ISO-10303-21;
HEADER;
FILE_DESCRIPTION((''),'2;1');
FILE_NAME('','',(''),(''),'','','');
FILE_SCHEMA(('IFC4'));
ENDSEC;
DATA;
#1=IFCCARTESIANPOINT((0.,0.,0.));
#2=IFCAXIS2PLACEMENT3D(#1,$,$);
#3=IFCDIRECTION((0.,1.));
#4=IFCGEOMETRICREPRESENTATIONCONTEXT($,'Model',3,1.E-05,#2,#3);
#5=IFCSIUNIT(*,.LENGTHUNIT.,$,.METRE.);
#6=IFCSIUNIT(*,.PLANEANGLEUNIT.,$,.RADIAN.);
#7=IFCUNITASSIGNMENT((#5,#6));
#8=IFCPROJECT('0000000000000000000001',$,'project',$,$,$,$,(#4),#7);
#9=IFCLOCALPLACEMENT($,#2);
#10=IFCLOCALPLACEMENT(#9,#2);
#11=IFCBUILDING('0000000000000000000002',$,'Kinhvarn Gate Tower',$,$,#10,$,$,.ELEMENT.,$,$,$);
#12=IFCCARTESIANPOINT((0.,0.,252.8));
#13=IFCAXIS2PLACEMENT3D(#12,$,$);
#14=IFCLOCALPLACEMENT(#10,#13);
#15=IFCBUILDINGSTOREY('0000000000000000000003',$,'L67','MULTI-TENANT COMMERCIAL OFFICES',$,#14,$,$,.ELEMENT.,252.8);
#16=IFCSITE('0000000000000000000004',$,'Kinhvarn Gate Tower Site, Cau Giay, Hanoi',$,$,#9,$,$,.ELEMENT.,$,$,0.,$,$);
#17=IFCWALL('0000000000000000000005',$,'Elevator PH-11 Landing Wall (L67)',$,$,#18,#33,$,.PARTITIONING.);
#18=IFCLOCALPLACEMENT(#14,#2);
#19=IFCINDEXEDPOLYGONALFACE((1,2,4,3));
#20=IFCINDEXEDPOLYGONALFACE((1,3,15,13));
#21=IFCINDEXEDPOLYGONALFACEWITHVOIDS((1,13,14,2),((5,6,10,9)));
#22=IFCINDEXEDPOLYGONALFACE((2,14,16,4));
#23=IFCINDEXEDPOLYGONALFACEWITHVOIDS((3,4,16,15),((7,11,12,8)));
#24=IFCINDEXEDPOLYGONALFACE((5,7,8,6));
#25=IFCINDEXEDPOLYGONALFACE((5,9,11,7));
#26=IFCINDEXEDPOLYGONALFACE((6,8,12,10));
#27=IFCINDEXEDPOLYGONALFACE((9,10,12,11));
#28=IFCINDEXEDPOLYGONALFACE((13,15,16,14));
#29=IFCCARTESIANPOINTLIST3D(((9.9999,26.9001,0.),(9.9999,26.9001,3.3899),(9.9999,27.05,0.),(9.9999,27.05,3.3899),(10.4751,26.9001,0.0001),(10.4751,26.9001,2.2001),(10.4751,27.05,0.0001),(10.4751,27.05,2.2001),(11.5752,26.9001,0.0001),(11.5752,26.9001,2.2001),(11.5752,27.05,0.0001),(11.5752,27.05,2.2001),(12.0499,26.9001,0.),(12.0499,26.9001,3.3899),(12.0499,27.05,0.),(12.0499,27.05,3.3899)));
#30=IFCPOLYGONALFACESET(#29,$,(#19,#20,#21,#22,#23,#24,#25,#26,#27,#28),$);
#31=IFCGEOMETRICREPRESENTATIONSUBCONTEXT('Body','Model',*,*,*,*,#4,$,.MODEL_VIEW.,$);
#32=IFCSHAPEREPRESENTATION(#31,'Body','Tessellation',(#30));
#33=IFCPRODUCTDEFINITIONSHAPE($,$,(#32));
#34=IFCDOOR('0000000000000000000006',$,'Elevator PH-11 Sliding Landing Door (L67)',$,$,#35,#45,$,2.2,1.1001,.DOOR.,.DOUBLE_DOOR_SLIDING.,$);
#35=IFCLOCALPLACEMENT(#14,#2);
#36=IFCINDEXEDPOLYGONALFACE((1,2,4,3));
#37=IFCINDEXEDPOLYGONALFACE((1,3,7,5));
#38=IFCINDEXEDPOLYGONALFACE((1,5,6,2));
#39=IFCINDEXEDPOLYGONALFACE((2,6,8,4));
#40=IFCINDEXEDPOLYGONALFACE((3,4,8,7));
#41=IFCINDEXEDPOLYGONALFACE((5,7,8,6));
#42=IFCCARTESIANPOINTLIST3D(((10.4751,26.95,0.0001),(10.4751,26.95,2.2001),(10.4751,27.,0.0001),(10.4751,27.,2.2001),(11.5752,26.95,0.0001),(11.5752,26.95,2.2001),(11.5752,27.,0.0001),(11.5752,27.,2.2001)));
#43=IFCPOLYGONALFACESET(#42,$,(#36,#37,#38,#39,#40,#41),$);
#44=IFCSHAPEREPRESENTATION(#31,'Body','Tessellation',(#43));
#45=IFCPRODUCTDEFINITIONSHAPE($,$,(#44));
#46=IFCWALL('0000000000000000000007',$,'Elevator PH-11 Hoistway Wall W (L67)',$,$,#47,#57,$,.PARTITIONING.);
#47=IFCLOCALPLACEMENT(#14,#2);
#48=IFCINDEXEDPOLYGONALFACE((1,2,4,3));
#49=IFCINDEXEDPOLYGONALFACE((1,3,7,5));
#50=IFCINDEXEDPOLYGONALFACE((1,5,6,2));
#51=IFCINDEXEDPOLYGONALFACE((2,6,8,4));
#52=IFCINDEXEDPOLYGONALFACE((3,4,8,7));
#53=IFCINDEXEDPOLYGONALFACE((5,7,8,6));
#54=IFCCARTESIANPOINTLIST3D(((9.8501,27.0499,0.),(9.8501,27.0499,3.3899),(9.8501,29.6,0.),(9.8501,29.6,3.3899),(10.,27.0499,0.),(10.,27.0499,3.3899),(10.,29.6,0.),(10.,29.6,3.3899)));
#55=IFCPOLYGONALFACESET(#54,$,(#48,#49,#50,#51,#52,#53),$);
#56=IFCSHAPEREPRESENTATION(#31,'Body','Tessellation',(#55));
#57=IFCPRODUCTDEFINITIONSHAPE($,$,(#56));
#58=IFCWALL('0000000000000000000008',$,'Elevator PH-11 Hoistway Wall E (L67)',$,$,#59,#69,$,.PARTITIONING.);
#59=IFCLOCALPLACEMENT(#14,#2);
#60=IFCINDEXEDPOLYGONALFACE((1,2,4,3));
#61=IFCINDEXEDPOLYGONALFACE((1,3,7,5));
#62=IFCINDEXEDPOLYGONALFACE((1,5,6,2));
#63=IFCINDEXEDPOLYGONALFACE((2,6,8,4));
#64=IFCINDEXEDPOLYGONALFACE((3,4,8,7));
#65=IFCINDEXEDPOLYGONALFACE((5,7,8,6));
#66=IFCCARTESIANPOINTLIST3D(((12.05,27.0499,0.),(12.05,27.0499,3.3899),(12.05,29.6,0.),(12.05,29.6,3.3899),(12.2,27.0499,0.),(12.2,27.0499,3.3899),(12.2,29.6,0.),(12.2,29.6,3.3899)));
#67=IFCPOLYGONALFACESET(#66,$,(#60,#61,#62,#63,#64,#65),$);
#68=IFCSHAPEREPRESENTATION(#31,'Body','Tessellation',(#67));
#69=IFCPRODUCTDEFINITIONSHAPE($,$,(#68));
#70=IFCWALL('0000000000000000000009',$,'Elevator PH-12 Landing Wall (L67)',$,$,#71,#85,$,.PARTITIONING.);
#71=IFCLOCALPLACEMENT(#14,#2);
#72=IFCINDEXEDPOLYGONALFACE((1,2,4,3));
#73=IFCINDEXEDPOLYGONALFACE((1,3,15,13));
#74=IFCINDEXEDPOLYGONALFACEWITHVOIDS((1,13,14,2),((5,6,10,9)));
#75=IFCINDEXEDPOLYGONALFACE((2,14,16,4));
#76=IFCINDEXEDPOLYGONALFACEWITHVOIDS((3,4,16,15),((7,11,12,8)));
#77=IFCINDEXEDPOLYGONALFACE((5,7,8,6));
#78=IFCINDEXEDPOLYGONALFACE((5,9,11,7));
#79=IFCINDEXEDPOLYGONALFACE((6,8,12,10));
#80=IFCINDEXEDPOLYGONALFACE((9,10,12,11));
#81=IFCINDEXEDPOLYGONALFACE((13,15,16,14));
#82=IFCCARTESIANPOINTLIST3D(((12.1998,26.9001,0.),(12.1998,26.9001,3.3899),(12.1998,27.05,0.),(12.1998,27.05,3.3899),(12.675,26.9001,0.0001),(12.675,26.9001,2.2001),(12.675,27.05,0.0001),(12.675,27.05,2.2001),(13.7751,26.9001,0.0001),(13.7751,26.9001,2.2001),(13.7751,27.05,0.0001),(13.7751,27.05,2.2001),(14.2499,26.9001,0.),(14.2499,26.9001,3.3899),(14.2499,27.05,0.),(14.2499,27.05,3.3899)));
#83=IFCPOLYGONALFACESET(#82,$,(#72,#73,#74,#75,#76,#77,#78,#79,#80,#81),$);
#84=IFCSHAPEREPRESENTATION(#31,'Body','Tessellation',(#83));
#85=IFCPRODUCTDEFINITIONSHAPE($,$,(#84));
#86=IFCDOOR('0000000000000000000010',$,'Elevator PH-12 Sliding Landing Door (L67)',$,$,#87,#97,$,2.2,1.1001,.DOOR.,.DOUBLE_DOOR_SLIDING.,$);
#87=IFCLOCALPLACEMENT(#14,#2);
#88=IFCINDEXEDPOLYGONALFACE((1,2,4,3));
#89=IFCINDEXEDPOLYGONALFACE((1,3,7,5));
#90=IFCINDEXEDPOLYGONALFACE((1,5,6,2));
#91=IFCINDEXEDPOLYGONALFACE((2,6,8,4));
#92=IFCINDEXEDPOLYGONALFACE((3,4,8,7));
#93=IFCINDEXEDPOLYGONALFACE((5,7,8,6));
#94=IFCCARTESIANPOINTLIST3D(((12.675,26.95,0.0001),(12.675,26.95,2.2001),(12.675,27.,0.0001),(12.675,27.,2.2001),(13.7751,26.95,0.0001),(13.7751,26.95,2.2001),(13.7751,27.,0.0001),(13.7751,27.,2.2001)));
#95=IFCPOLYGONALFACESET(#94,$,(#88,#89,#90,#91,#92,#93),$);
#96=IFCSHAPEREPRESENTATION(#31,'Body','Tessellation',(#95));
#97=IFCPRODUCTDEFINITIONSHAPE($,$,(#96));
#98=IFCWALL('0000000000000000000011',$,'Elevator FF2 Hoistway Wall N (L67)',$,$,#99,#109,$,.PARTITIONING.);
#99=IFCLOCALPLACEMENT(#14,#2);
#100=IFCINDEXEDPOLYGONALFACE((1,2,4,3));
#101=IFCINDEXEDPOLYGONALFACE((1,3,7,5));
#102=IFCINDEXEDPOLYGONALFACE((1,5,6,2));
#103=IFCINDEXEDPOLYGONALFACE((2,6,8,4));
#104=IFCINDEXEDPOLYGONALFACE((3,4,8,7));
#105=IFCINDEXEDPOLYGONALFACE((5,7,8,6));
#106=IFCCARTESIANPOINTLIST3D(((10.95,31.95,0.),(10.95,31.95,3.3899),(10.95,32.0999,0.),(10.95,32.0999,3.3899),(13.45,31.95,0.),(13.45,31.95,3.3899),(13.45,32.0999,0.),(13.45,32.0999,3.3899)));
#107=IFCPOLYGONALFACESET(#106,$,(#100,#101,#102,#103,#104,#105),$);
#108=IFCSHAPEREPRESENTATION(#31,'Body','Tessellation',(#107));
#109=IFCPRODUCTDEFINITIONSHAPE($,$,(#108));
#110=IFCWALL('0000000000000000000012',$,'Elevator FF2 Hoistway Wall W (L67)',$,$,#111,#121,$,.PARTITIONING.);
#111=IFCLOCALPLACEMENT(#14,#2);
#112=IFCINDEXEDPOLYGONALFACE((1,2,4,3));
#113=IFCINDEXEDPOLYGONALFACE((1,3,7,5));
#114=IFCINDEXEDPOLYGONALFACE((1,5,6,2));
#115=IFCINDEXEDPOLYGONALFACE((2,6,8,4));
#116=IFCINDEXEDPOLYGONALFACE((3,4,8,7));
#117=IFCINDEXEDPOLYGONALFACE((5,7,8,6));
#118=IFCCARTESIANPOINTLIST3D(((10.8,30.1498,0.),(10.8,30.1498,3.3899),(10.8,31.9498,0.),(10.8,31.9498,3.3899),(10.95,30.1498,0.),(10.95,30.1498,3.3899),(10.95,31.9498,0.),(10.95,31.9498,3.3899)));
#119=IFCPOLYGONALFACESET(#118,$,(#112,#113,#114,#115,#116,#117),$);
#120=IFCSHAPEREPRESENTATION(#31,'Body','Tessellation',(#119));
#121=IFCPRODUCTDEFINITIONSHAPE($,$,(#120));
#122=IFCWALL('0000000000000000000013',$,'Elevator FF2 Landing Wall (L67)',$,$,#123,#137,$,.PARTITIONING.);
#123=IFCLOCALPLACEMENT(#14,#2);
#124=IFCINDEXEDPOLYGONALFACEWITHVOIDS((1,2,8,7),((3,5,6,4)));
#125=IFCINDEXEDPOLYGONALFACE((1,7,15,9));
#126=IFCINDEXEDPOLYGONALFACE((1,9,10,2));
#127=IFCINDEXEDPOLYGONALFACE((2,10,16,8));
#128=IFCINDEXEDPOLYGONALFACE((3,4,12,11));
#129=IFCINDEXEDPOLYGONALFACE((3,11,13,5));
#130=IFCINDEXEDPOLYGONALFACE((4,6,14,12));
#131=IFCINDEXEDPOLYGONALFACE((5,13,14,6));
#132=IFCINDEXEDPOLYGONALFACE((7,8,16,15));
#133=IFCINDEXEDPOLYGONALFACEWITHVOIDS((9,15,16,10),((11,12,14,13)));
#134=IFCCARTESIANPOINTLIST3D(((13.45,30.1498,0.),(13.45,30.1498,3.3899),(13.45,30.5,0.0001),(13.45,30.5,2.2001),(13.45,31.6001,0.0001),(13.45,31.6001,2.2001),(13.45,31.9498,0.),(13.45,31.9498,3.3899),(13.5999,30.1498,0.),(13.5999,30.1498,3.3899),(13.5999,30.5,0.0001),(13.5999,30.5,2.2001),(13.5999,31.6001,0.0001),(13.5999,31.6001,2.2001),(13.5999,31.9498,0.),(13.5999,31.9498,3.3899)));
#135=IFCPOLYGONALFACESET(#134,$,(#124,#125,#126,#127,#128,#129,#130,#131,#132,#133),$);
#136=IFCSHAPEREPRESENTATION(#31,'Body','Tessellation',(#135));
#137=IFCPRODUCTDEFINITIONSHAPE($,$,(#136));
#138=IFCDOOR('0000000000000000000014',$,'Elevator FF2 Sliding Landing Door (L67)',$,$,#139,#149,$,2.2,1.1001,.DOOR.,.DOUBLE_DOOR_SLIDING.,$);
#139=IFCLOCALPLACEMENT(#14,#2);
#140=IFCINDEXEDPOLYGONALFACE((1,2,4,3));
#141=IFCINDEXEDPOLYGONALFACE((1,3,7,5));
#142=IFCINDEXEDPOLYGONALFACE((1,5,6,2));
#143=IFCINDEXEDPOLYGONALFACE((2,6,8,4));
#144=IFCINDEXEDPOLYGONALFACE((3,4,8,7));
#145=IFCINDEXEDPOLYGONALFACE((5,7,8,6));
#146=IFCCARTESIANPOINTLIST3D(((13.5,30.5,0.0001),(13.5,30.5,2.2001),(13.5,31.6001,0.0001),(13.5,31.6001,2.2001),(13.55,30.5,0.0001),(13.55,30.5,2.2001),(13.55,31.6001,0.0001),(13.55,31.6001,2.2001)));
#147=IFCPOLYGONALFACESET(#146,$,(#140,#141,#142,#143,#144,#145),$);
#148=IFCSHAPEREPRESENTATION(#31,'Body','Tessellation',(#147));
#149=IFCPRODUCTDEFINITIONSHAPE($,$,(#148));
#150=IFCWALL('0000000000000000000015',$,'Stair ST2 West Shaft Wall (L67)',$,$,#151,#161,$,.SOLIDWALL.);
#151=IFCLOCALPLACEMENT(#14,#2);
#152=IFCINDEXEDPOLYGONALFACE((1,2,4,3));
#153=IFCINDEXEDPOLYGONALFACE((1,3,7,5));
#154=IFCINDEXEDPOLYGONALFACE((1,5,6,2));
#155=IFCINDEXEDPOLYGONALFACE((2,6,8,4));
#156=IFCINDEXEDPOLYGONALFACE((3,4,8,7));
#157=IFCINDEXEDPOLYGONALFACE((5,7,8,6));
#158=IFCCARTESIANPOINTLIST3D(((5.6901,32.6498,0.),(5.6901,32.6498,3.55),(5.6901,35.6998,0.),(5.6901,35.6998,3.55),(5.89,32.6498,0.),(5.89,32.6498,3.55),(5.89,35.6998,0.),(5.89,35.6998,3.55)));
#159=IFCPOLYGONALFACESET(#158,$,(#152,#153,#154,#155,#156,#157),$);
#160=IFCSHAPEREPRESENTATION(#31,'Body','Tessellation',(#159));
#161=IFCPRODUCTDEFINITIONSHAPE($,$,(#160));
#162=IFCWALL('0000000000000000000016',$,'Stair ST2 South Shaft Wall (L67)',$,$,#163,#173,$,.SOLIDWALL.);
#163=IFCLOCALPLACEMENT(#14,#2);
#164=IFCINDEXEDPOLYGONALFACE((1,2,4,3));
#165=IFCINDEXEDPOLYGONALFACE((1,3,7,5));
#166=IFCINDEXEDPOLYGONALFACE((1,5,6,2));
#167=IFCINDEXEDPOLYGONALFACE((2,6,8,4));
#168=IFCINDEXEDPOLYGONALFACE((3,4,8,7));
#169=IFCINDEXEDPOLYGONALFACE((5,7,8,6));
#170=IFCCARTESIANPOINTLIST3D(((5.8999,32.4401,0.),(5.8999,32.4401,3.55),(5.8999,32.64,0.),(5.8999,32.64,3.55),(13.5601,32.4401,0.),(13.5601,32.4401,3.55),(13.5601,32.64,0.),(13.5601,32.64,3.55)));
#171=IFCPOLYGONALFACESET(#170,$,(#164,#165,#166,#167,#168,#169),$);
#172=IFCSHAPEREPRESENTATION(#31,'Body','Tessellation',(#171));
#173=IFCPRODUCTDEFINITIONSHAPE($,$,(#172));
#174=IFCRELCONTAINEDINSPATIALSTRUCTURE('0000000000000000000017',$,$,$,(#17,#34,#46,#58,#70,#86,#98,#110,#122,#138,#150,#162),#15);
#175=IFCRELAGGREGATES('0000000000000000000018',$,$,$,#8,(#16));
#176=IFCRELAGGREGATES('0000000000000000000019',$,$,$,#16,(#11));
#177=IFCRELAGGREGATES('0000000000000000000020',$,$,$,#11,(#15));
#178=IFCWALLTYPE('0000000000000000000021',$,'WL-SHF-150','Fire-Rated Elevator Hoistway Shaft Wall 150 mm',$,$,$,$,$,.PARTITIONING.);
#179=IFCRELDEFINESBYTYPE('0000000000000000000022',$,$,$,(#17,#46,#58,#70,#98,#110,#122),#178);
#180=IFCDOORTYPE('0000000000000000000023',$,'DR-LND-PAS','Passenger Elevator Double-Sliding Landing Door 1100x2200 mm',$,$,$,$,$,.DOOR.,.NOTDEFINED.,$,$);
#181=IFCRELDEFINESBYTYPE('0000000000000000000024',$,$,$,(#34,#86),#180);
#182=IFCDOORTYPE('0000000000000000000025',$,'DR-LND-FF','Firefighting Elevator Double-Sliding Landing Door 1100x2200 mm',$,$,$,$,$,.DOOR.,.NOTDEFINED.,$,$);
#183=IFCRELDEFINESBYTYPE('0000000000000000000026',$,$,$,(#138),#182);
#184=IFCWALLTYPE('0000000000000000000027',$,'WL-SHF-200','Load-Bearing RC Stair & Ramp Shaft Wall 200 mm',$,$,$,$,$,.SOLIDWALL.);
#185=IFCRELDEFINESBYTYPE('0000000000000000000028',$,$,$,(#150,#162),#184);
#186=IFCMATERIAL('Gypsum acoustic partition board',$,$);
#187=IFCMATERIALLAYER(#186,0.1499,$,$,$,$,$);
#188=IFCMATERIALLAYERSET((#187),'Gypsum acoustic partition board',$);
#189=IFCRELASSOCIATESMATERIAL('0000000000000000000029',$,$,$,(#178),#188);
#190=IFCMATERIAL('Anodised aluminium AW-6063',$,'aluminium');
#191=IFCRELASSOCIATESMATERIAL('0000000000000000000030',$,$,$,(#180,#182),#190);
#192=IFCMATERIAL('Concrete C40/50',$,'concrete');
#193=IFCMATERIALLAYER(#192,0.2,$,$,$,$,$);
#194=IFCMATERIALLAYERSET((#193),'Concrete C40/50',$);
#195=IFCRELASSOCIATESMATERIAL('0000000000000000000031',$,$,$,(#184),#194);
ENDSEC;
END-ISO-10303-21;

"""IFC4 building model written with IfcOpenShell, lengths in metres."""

from ifc_helpers import new_model, si_unit, direction, frame, frame_2d, origin, place, context, subcontext, project, spatial, rectangle, extrude, material, layer, layer_set, type_object, element, fill, save


model = new_model("IFC4")

# Units and contexts
model_context = context("Model", 3, precision=1e-05, world=origin(), true_north=direction((0.0, 1.0)))
body_context = subcontext(model_context, "Body", "Model", "MODEL_VIEW")
ifc_project = project(units=[si_unit("LENGTHUNIT", "METRE"), si_unit("PLANEANGLEUNIT", "RADIAN")], contexts=[model_context])

# Site, building, storey
site_placement = place(None, origin())
site = spatial("IfcSite", under=ifc_project, at=site_placement, Name="Kinhvarn Gate Tower Site, Cau Giay, Hanoi", CompositionType="ELEMENT", RefElevation=0.0)
building_placement = place(site_placement, origin())
building = spatial("IfcBuilding", under=site, at=building_placement, Name="Kinhvarn Gate Tower", CompositionType="ELEMENT")
storey_placement = place(building_placement, frame((0.0, 0.0, 252.8)))
storey = spatial("IfcBuildingStorey", under=building, at=storey_placement, Name="L67", Description="MULTI-TENANT COMMERCIAL OFFICES", CompositionType="ELEMENT", Elevation=252.8)

# Shared definitions
ifc_material_1 = material(Name="Gypsum acoustic partition board")

# Shared definitions
ifc_material_2 = material(Name="Anodised aluminium AW-6063", Category="aluminium")

# Wall, opening, door
ifc_layer_1 = layer(ifc_material_1, 0.1499)
ifc_layer_set_1 = layer_set([ifc_layer_1], Name="Gypsum acoustic partition board")
wall_type_1 = type_object("IfcWallType", Name="WL-SHF-150", Description="Fire-Rated Elevator Hoistway Shaft Wall 150 mm", PredefinedType="PARTITIONING", material=ifc_layer_set_1)
door_type_1 = type_object("IfcDoorType", Name="DR-LND-PAS", Description="Passenger Elevator Double-Sliding Landing Door 1100x2200 mm", OperationType="NOTDEFINED", PredefinedType="DOOR", material=ifc_material_2)
wall_1_placement = place(storey_placement, frame((10.0, 26.9751, 0.0), z_axis=(0.0, 0.0, 1.0), x_axis=(1.0, 0.0, 0.0)))
wall_1 = element("IfcWall", 1, at=wall_1_placement, inside=storey, type_object=wall_type_1, Name="Elevator PH-11 Landing Wall (L67)", PredefinedType="PARTITIONING", context=body_context, shape_type="SweptSolid", body=[
    extrude(rectangle(XDim=2.05, YDim=0.1499, at=frame_2d((1.0249, 0.0))), origin(), (0.0, 0.0, 1.0), 3.3899),
])
opening_1_placement = place(wall_1_placement, frame((0.4751, 0.0, 0.0)))
opening_1 = element("IfcOpeningElement", 2, at=opening_1_placement, cuts=wall_1, PredefinedType="OPENING", context=body_context, shape_type="SweptSolid", body=[
    extrude(rectangle(XDim=1.1001, YDim=2.2, at=frame_2d((0.55, 1.1001))), frame((0.0, 0.085, 0.0), z_axis=(0.0, -1.0, 0.0), x_axis=(1.0, 0.0, 0.0)), (0.0, 0.0, 1.0), 0.1699),
])
door_1_placement = place(opening_1_placement, origin())
door_1 = element("IfcDoor", 3, at=door_1_placement, inside=storey, type_object=door_type_1, Name="Elevator PH-11 Sliding Landing Door (L67)", OperationType="DOUBLE_DOOR_SLIDING", OverallHeight=2.2, OverallWidth=1.1001, PredefinedType="DOOR", context=body_context, shape_type="SweptSolid", body=[
    extrude(rectangle(XDim=1.1001, YDim=2.2, at=frame_2d((0.55, 1.1001))), frame((0.0, 0.0249, 0.0), z_axis=(0.0, -1.0, 0.0), x_axis=(1.0, 0.0, 0.0)), (0.0, 0.0, 1.0), 0.05),
])
fill(opening_1, door_1)

# Walls
for number, where, z_axis, x_axis, name in (
    (4, (9.925, 27.05, 0.0), (0.0, 0.0, 1.0), (0.0, 1.0, 0.0), "Elevator PH-11 Hoistway Wall W (L67)"),
    (5, (12.125, 27.05, 0.0), (0.0, 0.0, 1.0), (0.0, 1.0, 0.0), "Elevator PH-11 Hoistway Wall E (L67)"),
):
    element("IfcWall", number, at=place(storey_placement, frame(where, z_axis=z_axis, x_axis=x_axis)), inside=storey, type_object=wall_type_1, Name=name, PredefinedType="PARTITIONING", context=body_context, shape_type="SweptSolid", body=[
        extrude(rectangle(XDim=2.55, YDim=0.1499, at=frame_2d((1.2749, 0.0))), origin(), (0.0, 0.0, 1.0), 3.3899),
    ])

# Wall, opening, door
wall_2_placement = place(storey_placement, frame((12.2, 26.9751, 0.0), z_axis=(0.0, 0.0, 1.0), x_axis=(1.0, 0.0, 0.0)))
wall_2 = element("IfcWall", 6, at=wall_2_placement, inside=storey, type_object=wall_type_1, Name="Elevator PH-12 Landing Wall (L67)", PredefinedType="PARTITIONING", context=body_context, shape_type="SweptSolid", body=[
    extrude(rectangle(XDim=2.05, YDim=0.1499, at=frame_2d((1.0249, 0.0))), origin(), (0.0, 0.0, 1.0), 3.3899),
])
opening_2_placement = place(wall_2_placement, frame((0.4751, 0.0, 0.0)))
opening_2 = element("IfcOpeningElement", 7, at=opening_2_placement, cuts=wall_2, PredefinedType="OPENING", context=body_context, shape_type="SweptSolid", body=[
    extrude(rectangle(XDim=1.1001, YDim=2.2, at=frame_2d((0.55, 1.1001))), frame((0.0, 0.085, 0.0), z_axis=(0.0, -1.0, 0.0), x_axis=(1.0, 0.0, 0.0)), (0.0, 0.0, 1.0), 0.1699),
])
door_2_placement = place(opening_2_placement, origin())
door_2 = element("IfcDoor", 8, at=door_2_placement, inside=storey, type_object=door_type_1, Name="Elevator PH-12 Sliding Landing Door (L67)", OperationType="DOUBLE_DOOR_SLIDING", OverallHeight=2.2, OverallWidth=1.1001, PredefinedType="DOOR", context=body_context, shape_type="SweptSolid", body=[
    extrude(rectangle(XDim=1.1001, YDim=2.2, at=frame_2d((0.55, 1.1001))), frame((0.0, 0.0249, 0.0), z_axis=(0.0, -1.0, 0.0), x_axis=(1.0, 0.0, 0.0)), (0.0, 0.0, 1.0), 0.05),
])
fill(opening_2, door_2)

# Walls
wall_3_placement = place(storey_placement, frame((10.95, 32.0249, 0.0), z_axis=(0.0, 0.0, 1.0), x_axis=(1.0, 0.0, 0.0)))
element("IfcWall", 9, at=wall_3_placement, inside=storey, type_object=wall_type_1, Name="Elevator FF2 Hoistway Wall N (L67)", PredefinedType="PARTITIONING", context=body_context, shape_type="SweptSolid", body=[
    extrude(rectangle(XDim=2.5, YDim=0.1499, at=frame_2d((1.25, 0.0))), origin(), (0.0, 0.0, 1.0), 3.3899),
])
wall_4_placement = place(storey_placement, frame((10.875, 30.1499, 0.0), z_axis=(0.0, 0.0, 1.0), x_axis=(0.0, 1.0, 0.0)))
element("IfcWall", 10, at=wall_4_placement, inside=storey, type_object=wall_type_1, Name="Elevator FF2 Hoistway Wall W (L67)", PredefinedType="PARTITIONING", context=body_context, shape_type="SweptSolid", body=[
    extrude(rectangle(XDim=1.8, YDim=0.1499, at=frame_2d((0.8999, 0.0))), origin(), (0.0, 0.0, 1.0), 3.3899),
])

# Wall, opening, door
wall_5_placement = place(storey_placement, frame((13.5249, 30.1499, 0.0), z_axis=(0.0, 0.0, 1.0), x_axis=(0.0, 1.0, 0.0)))
wall_5 = element("IfcWall", 11, at=wall_5_placement, inside=storey, type_object=wall_type_1, Name="Elevator FF2 Landing Wall (L67)", PredefinedType="PARTITIONING", context=body_context, shape_type="SweptSolid", body=[
    extrude(rectangle(XDim=1.8, YDim=0.1499, at=frame_2d((0.8999, 0.0))), origin(), (0.0, 0.0, 1.0), 3.3899),
])
opening_3_placement = place(wall_5_placement, frame((0.3501, 0.0, 0.0)))
opening_3 = element("IfcOpeningElement", 12, at=opening_3_placement, cuts=wall_5, PredefinedType="OPENING", context=body_context, shape_type="SweptSolid", body=[
    extrude(rectangle(XDim=1.1001, YDim=2.2, at=frame_2d((0.55, 1.1001))), frame((0.0, 0.085, 0.0), z_axis=(0.0, -1.0, 0.0), x_axis=(1.0, 0.0, 0.0)), (0.0, 0.0, 1.0), 0.1699),
])
door_type_2 = type_object("IfcDoorType", Name="DR-LND-FF", Description="Firefighting Elevator Double-Sliding Landing Door 1100x2200 mm", OperationType="NOTDEFINED", PredefinedType="DOOR", material=ifc_material_2)
door_3_placement = place(opening_3_placement, origin())
door_3 = element("IfcDoor", 13, at=door_3_placement, inside=storey, type_object=door_type_2, Name="Elevator FF2 Sliding Landing Door (L67)", OperationType="DOUBLE_DOOR_SLIDING", OverallHeight=2.2, OverallWidth=1.1001, PredefinedType="DOOR", context=body_context, shape_type="SweptSolid", body=[
    extrude(rectangle(XDim=1.1001, YDim=2.2, at=frame_2d((0.55, 1.1001))), frame((0.0, 0.0249, 0.0), z_axis=(0.0, -1.0, 0.0), x_axis=(1.0, 0.0, 0.0)), (0.0, 0.0, 1.0), 0.05),
])
fill(opening_3, door_3)

# Walls
ifc_material_3 = material(Name="Concrete C40/50", Category="concrete")
ifc_layer_2 = layer(ifc_material_3, 0.2)
ifc_layer_set_2 = layer_set([ifc_layer_2], Name="Concrete C40/50")
wall_type_2 = type_object("IfcWallType", Name="WL-SHF-200", Description="Load-Bearing RC Stair & Ramp Shaft Wall 200 mm", PredefinedType="SOLIDWALL", material=ifc_layer_set_2)
wall_6_placement = place(storey_placement, frame((5.79, 32.6499, 0.0), z_axis=(0.0, 0.0, 1.0), x_axis=(0.0, 1.0, 0.0)))
element("IfcWall", 14, at=wall_6_placement, inside=storey, type_object=wall_type_2, Name="Stair ST2 West Shaft Wall (L67)", PredefinedType="SOLIDWALL", context=body_context, shape_type="SweptSolid", body=[
    extrude(rectangle(XDim=3.05, YDim=0.2, at=frame_2d((1.5249, 0.0))), origin(), (0.0, 0.0, 1.0), 3.55),
])
wall_7_placement = place(storey_placement, frame((5.8999, 32.54, 0.0), z_axis=(0.0, 0.0, 1.0), x_axis=(1.0, 0.0, 0.0)))
element("IfcWall", 15, at=wall_7_placement, inside=storey, type_object=wall_type_2, Name="Stair ST2 South Shaft Wall (L67)", PredefinedType="SOLIDWALL", context=body_context, shape_type="SweptSolid", body=[
    extrude(rectangle(XDim=7.6602, YDim=0.2, at=frame_2d((3.8301, 0.0))), origin(), (0.0, 0.0, 1.0), 3.55),
])

save(model, "model.ifc")
